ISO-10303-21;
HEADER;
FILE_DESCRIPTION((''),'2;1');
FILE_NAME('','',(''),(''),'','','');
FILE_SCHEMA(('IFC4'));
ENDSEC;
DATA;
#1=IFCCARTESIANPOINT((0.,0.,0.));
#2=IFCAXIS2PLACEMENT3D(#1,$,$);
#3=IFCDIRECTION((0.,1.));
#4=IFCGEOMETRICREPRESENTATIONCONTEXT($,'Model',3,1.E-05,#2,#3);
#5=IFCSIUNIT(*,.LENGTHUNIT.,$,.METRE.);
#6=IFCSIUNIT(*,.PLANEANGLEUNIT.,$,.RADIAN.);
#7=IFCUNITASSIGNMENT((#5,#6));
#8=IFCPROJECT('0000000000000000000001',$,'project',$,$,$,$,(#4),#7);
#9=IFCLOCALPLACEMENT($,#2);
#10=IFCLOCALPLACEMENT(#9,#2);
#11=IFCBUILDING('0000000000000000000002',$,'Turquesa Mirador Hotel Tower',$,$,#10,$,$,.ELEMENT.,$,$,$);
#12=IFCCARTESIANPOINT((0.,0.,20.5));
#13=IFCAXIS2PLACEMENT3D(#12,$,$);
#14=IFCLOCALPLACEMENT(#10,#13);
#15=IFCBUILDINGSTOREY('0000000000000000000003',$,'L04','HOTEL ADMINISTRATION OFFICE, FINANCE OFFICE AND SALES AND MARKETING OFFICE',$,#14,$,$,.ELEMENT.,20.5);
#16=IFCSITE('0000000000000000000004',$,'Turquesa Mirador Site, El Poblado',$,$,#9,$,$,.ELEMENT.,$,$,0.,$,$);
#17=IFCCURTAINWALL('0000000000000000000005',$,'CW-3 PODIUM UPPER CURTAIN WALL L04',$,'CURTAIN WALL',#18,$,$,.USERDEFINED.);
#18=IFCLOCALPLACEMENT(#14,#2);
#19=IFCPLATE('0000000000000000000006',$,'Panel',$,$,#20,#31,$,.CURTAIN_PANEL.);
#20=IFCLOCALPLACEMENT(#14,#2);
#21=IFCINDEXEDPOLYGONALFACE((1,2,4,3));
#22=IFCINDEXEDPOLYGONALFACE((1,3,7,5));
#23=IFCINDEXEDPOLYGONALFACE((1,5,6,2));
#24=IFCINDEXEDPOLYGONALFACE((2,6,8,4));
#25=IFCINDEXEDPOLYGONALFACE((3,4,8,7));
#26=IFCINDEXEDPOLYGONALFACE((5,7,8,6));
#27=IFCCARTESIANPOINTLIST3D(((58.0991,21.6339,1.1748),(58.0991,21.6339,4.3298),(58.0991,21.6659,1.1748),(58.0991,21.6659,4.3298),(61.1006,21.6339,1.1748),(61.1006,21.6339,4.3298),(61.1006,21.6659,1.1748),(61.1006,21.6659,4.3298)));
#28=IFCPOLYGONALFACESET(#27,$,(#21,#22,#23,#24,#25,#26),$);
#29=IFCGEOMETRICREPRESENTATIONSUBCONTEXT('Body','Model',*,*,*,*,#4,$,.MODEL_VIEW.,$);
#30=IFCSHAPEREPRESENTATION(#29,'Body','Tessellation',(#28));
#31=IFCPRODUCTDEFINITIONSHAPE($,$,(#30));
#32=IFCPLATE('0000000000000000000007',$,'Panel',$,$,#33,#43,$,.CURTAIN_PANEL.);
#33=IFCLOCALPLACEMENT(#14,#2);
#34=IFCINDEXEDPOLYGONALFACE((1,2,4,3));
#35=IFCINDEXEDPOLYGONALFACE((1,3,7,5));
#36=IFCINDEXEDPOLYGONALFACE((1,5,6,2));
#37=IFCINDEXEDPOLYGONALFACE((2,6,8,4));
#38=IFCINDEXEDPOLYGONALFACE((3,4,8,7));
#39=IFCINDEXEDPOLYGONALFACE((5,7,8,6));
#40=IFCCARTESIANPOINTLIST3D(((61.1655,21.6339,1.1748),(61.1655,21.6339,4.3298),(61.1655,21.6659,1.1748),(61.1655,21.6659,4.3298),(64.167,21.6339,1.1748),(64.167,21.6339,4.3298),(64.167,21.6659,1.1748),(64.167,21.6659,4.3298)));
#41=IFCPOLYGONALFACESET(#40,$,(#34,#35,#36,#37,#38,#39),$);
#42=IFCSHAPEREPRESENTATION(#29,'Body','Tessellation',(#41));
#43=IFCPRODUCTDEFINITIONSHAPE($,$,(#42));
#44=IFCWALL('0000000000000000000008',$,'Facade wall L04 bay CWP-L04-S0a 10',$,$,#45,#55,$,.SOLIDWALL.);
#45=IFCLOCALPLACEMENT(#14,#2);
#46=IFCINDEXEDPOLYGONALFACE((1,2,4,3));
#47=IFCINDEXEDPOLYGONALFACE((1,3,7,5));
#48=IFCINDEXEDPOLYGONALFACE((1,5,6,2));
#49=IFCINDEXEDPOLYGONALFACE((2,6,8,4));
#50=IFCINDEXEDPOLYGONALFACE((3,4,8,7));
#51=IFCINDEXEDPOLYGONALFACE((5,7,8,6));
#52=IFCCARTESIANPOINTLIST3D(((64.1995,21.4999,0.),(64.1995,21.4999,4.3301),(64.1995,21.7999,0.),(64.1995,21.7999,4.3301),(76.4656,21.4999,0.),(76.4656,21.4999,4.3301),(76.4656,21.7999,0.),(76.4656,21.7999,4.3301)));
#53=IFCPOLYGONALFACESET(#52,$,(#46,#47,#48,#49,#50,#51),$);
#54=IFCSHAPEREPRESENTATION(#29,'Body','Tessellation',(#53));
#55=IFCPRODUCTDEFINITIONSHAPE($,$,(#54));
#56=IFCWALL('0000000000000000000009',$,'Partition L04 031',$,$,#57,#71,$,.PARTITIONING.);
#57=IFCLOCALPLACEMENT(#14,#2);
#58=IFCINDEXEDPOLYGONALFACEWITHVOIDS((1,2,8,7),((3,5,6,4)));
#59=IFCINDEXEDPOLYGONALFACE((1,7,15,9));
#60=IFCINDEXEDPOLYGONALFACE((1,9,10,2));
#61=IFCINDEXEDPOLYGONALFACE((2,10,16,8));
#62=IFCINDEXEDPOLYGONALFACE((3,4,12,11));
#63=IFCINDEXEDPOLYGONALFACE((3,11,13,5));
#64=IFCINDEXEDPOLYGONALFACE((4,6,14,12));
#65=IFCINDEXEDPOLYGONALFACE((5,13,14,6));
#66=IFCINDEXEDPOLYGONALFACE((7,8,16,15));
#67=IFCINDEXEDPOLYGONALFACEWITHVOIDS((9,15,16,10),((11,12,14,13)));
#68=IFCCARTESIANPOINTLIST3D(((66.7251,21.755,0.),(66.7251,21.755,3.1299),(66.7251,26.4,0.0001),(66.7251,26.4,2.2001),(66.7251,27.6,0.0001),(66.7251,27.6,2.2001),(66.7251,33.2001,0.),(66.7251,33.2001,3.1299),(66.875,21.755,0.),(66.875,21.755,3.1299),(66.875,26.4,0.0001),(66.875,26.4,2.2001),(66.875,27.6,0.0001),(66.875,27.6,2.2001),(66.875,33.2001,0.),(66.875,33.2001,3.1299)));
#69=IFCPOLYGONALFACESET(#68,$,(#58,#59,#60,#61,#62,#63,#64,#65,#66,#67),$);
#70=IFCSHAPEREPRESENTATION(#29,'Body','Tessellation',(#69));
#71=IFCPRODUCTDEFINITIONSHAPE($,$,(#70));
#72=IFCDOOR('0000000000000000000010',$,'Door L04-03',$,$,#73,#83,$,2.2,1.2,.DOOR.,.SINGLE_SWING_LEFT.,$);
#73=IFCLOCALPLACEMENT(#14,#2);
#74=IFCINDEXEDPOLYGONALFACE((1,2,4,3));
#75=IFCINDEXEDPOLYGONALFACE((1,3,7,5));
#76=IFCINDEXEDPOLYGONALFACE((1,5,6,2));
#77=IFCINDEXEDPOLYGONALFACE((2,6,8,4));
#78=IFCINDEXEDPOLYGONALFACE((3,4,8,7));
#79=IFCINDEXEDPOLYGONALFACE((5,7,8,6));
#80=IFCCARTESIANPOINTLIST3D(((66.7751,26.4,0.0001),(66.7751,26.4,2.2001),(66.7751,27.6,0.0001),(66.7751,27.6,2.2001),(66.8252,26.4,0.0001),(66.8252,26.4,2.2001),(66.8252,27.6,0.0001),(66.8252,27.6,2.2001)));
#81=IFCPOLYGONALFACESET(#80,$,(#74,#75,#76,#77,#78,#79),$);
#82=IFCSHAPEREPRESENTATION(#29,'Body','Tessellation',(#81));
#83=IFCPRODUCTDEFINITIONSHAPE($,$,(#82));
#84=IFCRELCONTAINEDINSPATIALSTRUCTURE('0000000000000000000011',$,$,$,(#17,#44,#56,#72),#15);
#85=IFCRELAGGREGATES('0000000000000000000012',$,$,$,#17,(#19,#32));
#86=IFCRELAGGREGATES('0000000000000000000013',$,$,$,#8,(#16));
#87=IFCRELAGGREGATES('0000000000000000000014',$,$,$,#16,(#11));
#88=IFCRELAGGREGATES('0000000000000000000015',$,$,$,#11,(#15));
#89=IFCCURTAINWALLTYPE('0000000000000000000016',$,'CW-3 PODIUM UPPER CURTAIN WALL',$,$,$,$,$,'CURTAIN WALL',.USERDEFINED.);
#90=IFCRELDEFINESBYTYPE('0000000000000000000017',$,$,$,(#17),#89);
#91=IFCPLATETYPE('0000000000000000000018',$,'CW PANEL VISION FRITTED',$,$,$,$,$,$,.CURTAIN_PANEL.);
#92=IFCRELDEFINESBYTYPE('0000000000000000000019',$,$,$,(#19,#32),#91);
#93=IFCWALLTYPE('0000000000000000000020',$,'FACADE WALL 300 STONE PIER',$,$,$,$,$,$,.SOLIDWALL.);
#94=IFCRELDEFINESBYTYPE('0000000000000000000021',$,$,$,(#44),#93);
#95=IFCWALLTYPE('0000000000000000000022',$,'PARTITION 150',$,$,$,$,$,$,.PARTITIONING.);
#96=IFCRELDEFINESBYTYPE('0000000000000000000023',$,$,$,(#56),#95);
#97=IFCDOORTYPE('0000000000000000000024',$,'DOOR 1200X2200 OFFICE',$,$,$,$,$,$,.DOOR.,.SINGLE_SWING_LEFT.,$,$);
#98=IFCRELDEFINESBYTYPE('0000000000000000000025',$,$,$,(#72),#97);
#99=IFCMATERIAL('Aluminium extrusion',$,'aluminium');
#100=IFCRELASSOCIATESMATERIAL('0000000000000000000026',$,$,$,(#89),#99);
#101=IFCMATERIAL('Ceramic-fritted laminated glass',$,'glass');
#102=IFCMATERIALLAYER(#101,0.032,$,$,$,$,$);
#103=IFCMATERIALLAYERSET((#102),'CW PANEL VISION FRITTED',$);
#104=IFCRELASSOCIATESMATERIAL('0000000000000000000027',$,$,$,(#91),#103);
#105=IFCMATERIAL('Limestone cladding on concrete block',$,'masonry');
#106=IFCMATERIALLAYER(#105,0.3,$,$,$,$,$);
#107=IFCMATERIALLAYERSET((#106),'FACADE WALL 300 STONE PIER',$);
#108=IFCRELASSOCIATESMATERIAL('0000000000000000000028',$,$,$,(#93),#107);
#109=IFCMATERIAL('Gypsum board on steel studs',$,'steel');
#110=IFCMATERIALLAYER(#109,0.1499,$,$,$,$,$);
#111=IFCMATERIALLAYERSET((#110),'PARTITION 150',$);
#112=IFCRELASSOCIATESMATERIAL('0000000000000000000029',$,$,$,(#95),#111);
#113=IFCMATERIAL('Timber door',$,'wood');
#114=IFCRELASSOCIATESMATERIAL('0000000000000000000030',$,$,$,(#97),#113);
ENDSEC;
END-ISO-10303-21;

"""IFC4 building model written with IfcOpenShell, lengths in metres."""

from ifc_helpers import new_model, si_unit, direction, frame, frame_2d, origin, origin_2d, place, context, subcontext, project, spatial, rectangle, extrude, material, layer, layer_set, type_object, element, fill, aggregate, save


model = new_model("IFC4")

# Units and contexts
model_context = context("Model", 3, precision=1e-05, world=origin(), true_north=direction((0.0, 1.0)))
body_context = subcontext(model_context, "Body", "Model", "MODEL_VIEW")
ifc_project = project(units=[si_unit("LENGTHUNIT", "METRE"), si_unit("PLANEANGLEUNIT", "RADIAN")], contexts=[model_context])

# Site, building, storey
site_placement = place(None, origin())
site = spatial("IfcSite", under=ifc_project, at=site_placement, Name="Turquesa Mirador Site, El Poblado", CompositionType="ELEMENT", RefElevation=0.0)
building_placement = place(site_placement, origin())
building = spatial("IfcBuilding", under=site, at=building_placement, Name="Turquesa Mirador Hotel Tower", CompositionType="ELEMENT")
storey_placement = place(building_placement, frame((0.0, 0.0, 20.5)))
storey = spatial("IfcBuildingStorey", under=building, at=storey_placement, Name="L04", Description="HOTEL ADMINISTRATION OFFICE, FINANCE OFFICE AND SALES AND MARKETING OFFICE", CompositionType="ELEMENT", Elevation=20.5)

# Curtain wall, plates
ifc_material_1 = material(Name="Aluminium extrusion", Category="aluminium")
curtain_wall_type = type_object("IfcCurtainWallType", Name="CW-3 PODIUM UPPER CURTAIN WALL", ElementType="CURTAIN WALL", PredefinedType="USERDEFINED", material=ifc_material_1)
curtain_wall_placement = place(storey_placement, origin())
curtain_wall = element("IfcCurtainWall", 1, at=curtain_wall_placement, inside=storey, type_object=curtain_wall_type, Name="CW-3 PODIUM UPPER CURTAIN WALL L04", ObjectType="CURTAIN WALL", PredefinedType="USERDEFINED")
ifc_material_2 = material(Name="Ceramic-fritted laminated glass", Category="glass")
ifc_layer_1 = layer(ifc_material_2, 0.032)
ifc_layer_set_1 = layer_set([ifc_layer_1], Name="CW PANEL VISION FRITTED")
plate_type_1 = type_object("IfcPlateType", Name="CW PANEL VISION FRITTED", PredefinedType="CURTAIN_PANEL", material=ifc_layer_set_1)
plate_1_placement = place(storey_placement, frame((59.5999, 21.6499, 1.1748), z_axis=(0.0, 0.0, 1.0), x_axis=(1.0, 0.0, 0.0)))
plate_1 = element("IfcPlate", 2, at=plate_1_placement, type_object=plate_type_1, Name="Panel", PredefinedType="CURTAIN_PANEL", context=body_context, shape_type="SweptSolid", body=[
    extrude(rectangle(XDim=3.0015, YDim=0.032, at=origin_2d()), origin(), (0.0, 0.0, 1.0), 3.155),
])
plate_2_placement = place(storey_placement, frame((62.6663, 21.6499, 1.1748), z_axis=(0.0, 0.0, 1.0), x_axis=(1.0, 0.0, 0.0)))
plate_2 = element("IfcPlate", 3, at=plate_2_placement, type_object=plate_type_1, Name="Panel", PredefinedType="CURTAIN_PANEL", context=body_context, shape_type="SweptSolid", body=[
    extrude(rectangle(XDim=3.0015, YDim=0.032, at=origin_2d()), origin(), (0.0, 0.0, 1.0), 3.155),
])
aggregate(curtain_wall, [plate_1, plate_2])

# Wall
ifc_material_3 = material(Name="Limestone cladding on concrete block", Category="masonry")
ifc_layer_2 = layer(ifc_material_3, 0.3)
ifc_layer_set_2 = layer_set([ifc_layer_2], Name="FACADE WALL 300 STONE PIER")
wall_type_1 = type_object("IfcWallType", Name="FACADE WALL 300 STONE PIER", PredefinedType="SOLIDWALL", material=ifc_layer_set_2)
wall_1_placement = place(storey_placement, frame((64.1995, 21.6499, 0.0), z_axis=(0.0, 0.0, 1.0), x_axis=(1.0, 0.0, 0.0)))
element("IfcWall", 4, at=wall_1_placement, inside=storey, type_object=wall_type_1, Name="Facade wall L04 bay CWP-L04-S0a 10", PredefinedType="SOLIDWALL", context=body_context, shape_type="SweptSolid", body=[
    extrude(rectangle(XDim=12.2661, YDim=0.3, at=frame_2d((6.1331, 0.0))), origin(), (0.0, 0.0, 1.0), 4.3301),
])

# Wall, opening, door
ifc_material_4 = material(Name="Gypsum board on steel studs", Category="steel")
ifc_layer_3 = layer(ifc_material_4, 0.1499)
ifc_layer_set_3 = layer_set([ifc_layer_3], Name="PARTITION 150")
wall_type_2 = type_object("IfcWallType", Name="PARTITION 150", PredefinedType="PARTITIONING", material=ifc_layer_set_3)
wall_2_placement = place(storey_placement, frame((66.8, 21.7549, 0.0), z_axis=(0.0, 0.0, 1.0), x_axis=(0.0, 1.0, 0.0)))
wall_2 = element("IfcWall", 5, at=wall_2_placement, inside=storey, type_object=wall_type_2, Name="Partition L04 031", PredefinedType="PARTITIONING", context=body_context, shape_type="SweptSolid", body=[
    extrude(rectangle(XDim=11.4451, YDim=0.1499, at=frame_2d((5.7227, 0.0))), origin(), (0.0, 0.0, 1.0), 3.1299),
])
opening_placement = place(wall_2_placement, frame((4.645, 0.0, 0.0)))
opening = element("IfcOpeningElement", 6, at=opening_placement, cuts=wall_2, PredefinedType="OPENING", context=body_context, shape_type="SweptSolid", body=[
    extrude(rectangle(XDim=1.2, YDim=2.2, at=frame_2d((0.6001, 1.1001))), frame((0.0, 0.085, 0.0), z_axis=(0.0, -1.0, 0.0), x_axis=(1.0, 0.0, 0.0)), (0.0, 0.0, 1.0), 0.1699),
])
ifc_material_5 = material(Name="Timber door", Category="wood")
door_type = type_object("IfcDoorType", Name="DOOR 1200X2200 OFFICE", OperationType="SINGLE_SWING_LEFT", PredefinedType="DOOR", material=ifc_material_5)
door_placement = place(opening_placement, origin())
door = element("IfcDoor", 7, at=door_placement, inside=storey, type_object=door_type, Name="Door L04-03", OperationType="SINGLE_SWING_LEFT", OverallHeight=2.2, OverallWidth=1.2, PredefinedType="DOOR", context=body_context, shape_type="SweptSolid", body=[
    extrude(rectangle(XDim=1.2, YDim=2.2, at=frame_2d((0.6001, 1.1001))), frame((0.0, 0.0249, 0.0), z_axis=(0.0, -1.0, 0.0), x_axis=(1.0, 0.0, 0.0)), (0.0, 0.0, 1.0), 0.05),
])
fill(opening, door)

save(model, "model.ifc")
